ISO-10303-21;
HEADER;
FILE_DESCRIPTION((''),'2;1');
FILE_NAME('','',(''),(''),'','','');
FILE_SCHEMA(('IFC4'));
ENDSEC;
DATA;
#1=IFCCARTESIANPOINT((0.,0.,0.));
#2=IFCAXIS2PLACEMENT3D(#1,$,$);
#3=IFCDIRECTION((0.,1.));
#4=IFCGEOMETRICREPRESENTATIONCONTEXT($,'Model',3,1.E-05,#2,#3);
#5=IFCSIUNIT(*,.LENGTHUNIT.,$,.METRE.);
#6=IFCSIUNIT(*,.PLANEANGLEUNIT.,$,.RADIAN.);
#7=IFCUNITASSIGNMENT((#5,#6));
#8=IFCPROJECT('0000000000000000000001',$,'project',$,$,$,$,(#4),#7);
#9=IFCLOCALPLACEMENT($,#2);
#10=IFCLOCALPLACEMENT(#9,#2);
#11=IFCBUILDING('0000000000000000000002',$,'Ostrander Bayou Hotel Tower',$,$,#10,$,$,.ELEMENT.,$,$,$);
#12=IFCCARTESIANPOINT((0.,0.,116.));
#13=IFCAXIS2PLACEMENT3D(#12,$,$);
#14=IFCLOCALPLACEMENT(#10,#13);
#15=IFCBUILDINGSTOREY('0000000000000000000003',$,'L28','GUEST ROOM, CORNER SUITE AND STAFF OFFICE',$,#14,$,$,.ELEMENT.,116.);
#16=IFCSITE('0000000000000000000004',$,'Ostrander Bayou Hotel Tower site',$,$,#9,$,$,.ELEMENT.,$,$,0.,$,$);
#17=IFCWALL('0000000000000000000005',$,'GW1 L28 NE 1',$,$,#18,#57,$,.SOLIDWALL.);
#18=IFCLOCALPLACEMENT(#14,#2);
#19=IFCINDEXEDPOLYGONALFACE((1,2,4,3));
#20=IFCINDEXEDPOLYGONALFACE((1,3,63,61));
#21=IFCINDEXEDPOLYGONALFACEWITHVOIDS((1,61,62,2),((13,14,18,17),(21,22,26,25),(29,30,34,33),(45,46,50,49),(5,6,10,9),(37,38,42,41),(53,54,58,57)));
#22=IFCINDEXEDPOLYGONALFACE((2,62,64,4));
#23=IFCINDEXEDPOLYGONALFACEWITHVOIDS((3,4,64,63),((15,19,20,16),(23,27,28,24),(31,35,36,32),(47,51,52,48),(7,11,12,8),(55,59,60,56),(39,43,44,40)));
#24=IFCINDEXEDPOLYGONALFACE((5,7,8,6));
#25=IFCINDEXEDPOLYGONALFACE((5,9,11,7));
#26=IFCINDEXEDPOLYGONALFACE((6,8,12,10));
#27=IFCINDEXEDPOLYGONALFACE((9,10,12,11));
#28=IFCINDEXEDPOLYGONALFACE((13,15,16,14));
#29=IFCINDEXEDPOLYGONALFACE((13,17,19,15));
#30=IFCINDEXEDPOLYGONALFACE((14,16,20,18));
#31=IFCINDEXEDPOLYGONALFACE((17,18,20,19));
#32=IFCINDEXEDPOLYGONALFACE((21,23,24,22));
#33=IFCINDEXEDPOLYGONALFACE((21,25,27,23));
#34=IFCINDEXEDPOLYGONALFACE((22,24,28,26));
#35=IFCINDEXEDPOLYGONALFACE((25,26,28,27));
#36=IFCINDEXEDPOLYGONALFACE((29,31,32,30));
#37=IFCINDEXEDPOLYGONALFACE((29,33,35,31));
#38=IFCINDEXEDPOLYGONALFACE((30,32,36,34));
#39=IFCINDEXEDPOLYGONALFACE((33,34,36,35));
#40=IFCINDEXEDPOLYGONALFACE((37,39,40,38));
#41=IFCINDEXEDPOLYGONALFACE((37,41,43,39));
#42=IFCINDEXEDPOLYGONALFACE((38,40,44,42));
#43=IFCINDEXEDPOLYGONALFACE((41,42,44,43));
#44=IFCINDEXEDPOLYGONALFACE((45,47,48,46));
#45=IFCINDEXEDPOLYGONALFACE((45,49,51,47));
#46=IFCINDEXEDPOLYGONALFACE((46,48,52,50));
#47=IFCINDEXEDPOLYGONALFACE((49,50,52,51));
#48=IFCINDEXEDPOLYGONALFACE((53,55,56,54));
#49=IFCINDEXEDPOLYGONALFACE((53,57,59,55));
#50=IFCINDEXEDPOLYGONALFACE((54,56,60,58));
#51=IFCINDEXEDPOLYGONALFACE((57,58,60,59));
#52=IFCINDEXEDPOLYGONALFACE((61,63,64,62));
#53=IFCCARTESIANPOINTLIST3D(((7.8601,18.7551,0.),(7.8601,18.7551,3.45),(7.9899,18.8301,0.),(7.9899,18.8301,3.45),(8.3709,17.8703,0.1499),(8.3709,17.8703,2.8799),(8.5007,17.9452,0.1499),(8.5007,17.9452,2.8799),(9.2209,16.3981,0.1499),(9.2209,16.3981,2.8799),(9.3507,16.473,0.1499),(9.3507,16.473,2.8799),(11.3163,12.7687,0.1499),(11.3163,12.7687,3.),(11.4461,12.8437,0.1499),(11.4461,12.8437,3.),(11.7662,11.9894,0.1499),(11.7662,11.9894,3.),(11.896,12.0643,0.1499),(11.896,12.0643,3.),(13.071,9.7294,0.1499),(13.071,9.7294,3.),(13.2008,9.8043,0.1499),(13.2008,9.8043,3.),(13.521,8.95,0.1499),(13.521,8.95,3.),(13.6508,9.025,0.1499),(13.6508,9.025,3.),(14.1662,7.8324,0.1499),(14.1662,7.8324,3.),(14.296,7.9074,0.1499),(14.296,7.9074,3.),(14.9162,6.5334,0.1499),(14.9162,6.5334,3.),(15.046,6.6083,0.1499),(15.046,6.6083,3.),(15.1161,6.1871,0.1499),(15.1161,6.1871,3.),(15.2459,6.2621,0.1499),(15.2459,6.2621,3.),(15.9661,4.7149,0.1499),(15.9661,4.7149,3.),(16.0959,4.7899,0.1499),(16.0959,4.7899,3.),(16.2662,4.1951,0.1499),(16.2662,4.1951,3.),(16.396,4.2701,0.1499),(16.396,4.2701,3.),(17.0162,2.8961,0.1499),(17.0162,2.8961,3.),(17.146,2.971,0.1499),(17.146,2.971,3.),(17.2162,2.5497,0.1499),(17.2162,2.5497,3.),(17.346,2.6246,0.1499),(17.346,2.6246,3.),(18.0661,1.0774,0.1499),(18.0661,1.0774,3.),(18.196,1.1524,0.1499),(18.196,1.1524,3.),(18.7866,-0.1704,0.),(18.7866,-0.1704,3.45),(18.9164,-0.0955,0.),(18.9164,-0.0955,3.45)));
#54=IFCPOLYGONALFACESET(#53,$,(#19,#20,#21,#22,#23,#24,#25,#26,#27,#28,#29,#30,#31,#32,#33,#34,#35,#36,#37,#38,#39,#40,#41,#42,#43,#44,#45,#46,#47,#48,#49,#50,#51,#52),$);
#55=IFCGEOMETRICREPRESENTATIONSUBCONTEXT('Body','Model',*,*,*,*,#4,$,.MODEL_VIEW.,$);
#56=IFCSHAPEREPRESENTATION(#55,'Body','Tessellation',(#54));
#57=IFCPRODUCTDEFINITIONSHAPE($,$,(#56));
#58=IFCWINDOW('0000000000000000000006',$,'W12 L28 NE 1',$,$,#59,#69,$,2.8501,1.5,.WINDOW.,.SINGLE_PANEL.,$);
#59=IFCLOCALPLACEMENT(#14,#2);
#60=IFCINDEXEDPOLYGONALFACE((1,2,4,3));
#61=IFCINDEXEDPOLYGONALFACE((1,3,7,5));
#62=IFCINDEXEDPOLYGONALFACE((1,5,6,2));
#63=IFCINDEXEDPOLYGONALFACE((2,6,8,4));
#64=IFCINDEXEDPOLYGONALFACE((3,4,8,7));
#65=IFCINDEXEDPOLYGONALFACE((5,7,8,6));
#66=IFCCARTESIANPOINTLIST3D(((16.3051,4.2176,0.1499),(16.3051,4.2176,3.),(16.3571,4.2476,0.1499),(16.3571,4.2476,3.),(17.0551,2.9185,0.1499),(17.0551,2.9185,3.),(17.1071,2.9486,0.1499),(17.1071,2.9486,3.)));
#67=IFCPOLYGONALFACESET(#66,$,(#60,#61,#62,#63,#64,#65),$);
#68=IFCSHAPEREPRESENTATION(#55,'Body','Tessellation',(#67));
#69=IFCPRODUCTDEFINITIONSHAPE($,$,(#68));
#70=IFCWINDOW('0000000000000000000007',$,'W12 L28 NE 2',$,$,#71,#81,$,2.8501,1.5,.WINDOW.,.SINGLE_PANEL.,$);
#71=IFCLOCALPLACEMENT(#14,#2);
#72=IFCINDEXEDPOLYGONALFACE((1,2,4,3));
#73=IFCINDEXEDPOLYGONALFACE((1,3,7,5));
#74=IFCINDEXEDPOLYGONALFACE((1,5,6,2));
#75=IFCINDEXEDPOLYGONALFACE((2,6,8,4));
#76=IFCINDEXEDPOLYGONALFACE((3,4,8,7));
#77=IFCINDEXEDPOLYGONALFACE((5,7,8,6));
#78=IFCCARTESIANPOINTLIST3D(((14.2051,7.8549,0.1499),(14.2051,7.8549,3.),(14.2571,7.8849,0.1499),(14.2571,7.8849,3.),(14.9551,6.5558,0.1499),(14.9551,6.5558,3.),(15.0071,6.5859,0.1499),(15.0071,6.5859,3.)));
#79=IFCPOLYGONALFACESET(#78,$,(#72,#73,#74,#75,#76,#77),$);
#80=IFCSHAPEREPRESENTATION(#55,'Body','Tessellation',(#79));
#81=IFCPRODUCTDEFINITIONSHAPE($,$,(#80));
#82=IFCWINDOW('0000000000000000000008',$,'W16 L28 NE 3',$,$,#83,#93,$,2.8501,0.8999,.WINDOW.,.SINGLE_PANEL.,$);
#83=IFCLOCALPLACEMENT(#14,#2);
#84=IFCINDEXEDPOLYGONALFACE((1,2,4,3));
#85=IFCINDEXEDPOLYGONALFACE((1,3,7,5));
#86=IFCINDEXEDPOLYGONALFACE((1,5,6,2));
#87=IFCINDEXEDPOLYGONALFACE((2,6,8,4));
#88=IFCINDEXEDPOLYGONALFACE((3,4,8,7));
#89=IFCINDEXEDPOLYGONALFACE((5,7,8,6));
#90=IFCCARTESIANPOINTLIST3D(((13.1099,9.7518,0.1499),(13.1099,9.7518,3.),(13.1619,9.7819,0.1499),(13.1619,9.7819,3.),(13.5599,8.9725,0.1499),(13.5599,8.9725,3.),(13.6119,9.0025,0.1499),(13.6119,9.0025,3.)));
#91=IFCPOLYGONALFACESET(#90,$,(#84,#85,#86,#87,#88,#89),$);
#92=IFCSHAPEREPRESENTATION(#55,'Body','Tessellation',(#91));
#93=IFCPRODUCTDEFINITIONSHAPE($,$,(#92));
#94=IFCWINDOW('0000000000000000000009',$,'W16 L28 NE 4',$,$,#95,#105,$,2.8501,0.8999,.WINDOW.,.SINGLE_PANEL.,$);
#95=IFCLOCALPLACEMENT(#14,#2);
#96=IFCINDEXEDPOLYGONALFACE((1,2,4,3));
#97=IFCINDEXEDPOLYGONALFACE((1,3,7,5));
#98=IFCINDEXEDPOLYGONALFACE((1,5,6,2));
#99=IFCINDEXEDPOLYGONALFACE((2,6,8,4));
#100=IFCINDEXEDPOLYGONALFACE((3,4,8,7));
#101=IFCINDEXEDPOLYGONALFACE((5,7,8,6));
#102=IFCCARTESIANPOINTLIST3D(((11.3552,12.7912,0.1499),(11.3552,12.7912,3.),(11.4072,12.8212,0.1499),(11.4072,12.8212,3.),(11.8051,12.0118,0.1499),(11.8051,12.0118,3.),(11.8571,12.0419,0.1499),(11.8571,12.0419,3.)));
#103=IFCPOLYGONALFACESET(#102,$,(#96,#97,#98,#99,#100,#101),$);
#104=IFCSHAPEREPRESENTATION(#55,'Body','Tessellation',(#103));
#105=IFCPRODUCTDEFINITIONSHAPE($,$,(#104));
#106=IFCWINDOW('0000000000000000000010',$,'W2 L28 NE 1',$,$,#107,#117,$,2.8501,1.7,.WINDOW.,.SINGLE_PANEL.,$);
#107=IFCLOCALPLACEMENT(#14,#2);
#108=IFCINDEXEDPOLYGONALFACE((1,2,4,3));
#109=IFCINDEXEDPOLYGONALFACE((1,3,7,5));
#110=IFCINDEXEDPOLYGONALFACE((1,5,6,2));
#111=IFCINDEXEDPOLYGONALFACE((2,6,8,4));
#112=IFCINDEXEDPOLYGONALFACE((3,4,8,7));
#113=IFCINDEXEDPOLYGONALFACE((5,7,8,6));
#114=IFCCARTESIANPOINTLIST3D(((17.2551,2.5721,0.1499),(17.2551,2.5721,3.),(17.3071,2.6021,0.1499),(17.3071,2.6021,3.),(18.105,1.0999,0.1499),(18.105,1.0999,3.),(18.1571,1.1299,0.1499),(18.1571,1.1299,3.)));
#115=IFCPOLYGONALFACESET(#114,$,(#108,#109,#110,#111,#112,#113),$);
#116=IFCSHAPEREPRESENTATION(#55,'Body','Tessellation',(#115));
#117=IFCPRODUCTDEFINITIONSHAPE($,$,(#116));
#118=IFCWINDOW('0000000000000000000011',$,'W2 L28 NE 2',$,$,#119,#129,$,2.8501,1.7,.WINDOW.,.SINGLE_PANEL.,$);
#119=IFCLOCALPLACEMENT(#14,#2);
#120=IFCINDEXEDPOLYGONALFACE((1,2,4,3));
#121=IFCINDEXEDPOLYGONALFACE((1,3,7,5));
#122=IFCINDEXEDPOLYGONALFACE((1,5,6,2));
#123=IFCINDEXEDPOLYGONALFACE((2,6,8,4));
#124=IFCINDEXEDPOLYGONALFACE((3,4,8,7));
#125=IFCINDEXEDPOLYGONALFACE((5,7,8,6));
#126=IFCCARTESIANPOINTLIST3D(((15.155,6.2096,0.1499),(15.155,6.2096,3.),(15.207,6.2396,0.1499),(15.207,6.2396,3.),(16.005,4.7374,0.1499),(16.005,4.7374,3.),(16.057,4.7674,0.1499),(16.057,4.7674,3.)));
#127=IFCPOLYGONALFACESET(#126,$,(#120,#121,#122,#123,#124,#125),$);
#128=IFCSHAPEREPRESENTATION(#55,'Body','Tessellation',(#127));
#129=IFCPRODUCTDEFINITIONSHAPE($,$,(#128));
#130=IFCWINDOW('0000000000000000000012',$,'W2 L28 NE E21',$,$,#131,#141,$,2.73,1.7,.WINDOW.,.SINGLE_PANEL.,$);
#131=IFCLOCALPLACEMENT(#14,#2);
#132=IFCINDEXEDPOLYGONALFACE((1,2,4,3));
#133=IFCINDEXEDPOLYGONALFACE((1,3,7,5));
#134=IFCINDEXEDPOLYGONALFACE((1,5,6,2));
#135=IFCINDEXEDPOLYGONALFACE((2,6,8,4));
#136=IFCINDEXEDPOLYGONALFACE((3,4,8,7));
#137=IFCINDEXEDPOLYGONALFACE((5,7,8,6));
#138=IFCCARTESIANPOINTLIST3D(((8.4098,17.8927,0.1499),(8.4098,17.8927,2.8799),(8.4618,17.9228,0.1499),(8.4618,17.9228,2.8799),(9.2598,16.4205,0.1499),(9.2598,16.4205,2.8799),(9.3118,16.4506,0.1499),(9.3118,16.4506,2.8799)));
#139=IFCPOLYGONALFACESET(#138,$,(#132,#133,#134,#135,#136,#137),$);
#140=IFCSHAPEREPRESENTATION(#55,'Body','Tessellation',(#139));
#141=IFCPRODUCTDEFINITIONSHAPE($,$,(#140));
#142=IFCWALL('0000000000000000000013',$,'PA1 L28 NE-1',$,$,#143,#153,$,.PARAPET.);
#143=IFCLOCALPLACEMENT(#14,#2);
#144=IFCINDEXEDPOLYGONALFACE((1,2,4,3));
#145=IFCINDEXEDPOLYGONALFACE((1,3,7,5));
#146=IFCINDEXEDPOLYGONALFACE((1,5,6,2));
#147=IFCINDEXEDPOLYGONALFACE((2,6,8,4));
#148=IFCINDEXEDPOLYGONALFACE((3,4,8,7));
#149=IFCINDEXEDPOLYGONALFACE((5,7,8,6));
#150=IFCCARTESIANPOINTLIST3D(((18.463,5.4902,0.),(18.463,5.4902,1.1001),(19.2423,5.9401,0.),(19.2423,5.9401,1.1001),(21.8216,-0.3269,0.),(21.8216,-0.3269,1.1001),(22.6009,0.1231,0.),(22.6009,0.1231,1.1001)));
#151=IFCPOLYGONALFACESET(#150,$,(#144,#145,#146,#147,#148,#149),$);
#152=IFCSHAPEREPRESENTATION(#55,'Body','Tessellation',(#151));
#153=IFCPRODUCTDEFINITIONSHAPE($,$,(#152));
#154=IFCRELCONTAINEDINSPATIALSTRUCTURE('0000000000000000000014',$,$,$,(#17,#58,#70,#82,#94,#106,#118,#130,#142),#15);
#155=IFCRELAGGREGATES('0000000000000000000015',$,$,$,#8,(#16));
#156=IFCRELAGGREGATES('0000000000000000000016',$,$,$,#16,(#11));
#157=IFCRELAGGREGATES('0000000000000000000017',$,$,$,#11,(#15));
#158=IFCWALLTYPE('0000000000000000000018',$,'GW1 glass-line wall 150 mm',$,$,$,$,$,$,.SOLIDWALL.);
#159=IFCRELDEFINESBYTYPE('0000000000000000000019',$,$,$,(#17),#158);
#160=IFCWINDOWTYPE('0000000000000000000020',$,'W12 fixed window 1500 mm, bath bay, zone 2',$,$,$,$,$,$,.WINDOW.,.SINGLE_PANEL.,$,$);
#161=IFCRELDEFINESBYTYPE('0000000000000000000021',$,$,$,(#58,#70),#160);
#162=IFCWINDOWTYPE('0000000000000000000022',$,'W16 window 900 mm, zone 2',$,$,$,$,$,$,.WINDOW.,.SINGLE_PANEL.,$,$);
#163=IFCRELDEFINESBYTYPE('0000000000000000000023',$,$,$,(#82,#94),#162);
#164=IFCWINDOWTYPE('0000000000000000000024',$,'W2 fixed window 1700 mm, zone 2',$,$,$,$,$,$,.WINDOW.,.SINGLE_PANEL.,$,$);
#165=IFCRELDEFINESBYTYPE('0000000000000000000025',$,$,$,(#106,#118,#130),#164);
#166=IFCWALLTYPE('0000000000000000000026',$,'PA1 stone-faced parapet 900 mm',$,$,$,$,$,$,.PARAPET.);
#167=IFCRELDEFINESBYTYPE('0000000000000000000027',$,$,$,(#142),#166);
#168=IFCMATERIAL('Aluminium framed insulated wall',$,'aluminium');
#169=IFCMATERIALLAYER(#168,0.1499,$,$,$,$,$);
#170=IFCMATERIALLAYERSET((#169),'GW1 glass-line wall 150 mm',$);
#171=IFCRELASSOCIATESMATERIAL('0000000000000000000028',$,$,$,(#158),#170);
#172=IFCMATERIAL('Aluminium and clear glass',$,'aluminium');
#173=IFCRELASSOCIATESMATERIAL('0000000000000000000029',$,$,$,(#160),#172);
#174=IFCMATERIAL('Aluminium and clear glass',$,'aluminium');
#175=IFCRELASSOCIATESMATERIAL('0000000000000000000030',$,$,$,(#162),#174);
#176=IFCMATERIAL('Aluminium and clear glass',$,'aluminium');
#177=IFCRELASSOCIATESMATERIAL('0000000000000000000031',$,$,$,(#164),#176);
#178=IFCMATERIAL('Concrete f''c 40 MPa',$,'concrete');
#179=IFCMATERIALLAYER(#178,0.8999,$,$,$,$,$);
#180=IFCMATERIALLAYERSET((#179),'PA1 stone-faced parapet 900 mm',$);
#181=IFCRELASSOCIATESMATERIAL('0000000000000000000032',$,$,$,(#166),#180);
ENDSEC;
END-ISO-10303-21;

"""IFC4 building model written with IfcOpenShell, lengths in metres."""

from ifc_helpers import new_model, si_unit, direction, frame, frame_2d, origin, place, context, subcontext, project, spatial, rectangle, extrude, material, layer, layer_set, type_object, element, fill, save


model = new_model("IFC4")

# Units and contexts
model_context = context("Model", 3, precision=1e-05, world=origin(), true_north=direction((0.0, 1.0)))
body_context = subcontext(model_context, "Body", "Model", "MODEL_VIEW")
ifc_project = project(units=[si_unit("LENGTHUNIT", "METRE"), si_unit("PLANEANGLEUNIT", "RADIAN")], contexts=[model_context])

# Site, building, storey
site_placement = place(None, origin())
site = spatial("IfcSite", under=ifc_project, at=site_placement, Name="Ostrander Bayou Hotel Tower site", CompositionType="ELEMENT", RefElevation=0.0)
building_placement = place(site_placement, origin())
building = spatial("IfcBuilding", under=site, at=building_placement, Name="Ostrander Bayou Hotel Tower", CompositionType="ELEMENT")
storey_placement = place(building_placement, frame((0.0, 0.0, 116.0)))
storey = spatial("IfcBuildingStorey", under=building, at=storey_placement, Name="L28", Description="GUEST ROOM, CORNER SUITE AND STAFF OFFICE", CompositionType="ELEMENT", Elevation=116.0)

# Wall, openings, windows
ifc_material_1 = material(Name="Aluminium framed insulated wall", Category="aluminium")
ifc_layer_1 = layer(ifc_material_1, 0.1499)
ifc_layer_set_1 = layer_set([ifc_layer_1], Name="GW1 glass-line wall 150 mm")
wall_type_1 = type_object("IfcWallType", Name="GW1 glass-line wall 150 mm", PredefinedType="SOLIDWALL", material=ifc_layer_set_1)
wall_1_placement = place(storey_placement, frame((18.8516, -0.1331, 0.0), z_axis=(0.0, 0.0, 1.0), x_axis=(-0.499995, 0.866028, 0.0)))
wall_1 = element("IfcWall", 1, at=wall_1_placement, inside=storey, type_object=wall_type_1, Name="GW1 L28 NE 1", PredefinedType="SOLIDWALL", context=body_context, shape_type="SweptSolid", body=[
    extrude(rectangle(XDim=21.8533, YDim=0.1499, at=frame_2d((10.9268, 0.0))), origin(), (0.0, 0.0, 1.0), 3.45),
])
opening_1_placement = place(wall_1_placement, frame((1.4409, 0.0, 0.1499)))
opening_1 = element("IfcOpeningElement", 2, at=opening_1_placement, cuts=wall_1, PredefinedType="OPENING", context=body_context, shape_type="SweptSolid", body=[
    extrude(rectangle(XDim=1.7, YDim=2.8501, at=frame_2d((0.8501, 1.425))), frame((0.0, 0.075, 0.0), z_axis=(0.0, -1.0, 0.0), x_axis=(1.0, 0.0, 0.0)), (0.0, 0.0, 1.0), 0.1499),
])
opening_2_placement = place(wall_1_placement, frame((3.541, 0.0, 0.1499)))
opening_2 = element("IfcOpeningElement", 3, at=opening_2_placement, cuts=wall_1, PredefinedType="OPENING", context=body_context, shape_type="SweptSolid", body=[
    extrude(rectangle(XDim=1.5, YDim=2.8501, at=frame_2d((0.75, 1.425))), frame((0.0, 0.075, 0.0), z_axis=(0.0, -1.0, 0.0), x_axis=(1.0, 0.0, 0.0)), (0.0, 0.0, 1.0), 0.1499),
])
opening_3_placement = place(wall_1_placement, frame((5.6411, 0.0, 0.1499)))
opening_3 = element("IfcOpeningElement", 4, at=opening_3_placement, cuts=wall_1, PredefinedType="OPENING", context=body_context, shape_type="SweptSolid", body=[
    extrude(rectangle(XDim=1.7, YDim=2.8501, at=frame_2d((0.8501, 1.425))), frame((0.0, 0.075, 0.0), z_axis=(0.0, -1.0, 0.0), x_axis=(1.0, 0.0, 0.0)), (0.0, 0.0, 1.0), 0.1499),
])
opening_4_placement = place(wall_1_placement, frame((7.741, 0.0, 0.1499)))
opening_4 = element("IfcOpeningElement", 5, at=opening_4_placement, cuts=wall_1, PredefinedType="OPENING", context=body_context, shape_type="SweptSolid", body=[
    extrude(rectangle(XDim=1.5, YDim=2.8501, at=frame_2d((0.75, 1.425))), frame((0.0, 0.075, 0.0), z_axis=(0.0, -1.0, 0.0), x_axis=(1.0, 0.0, 0.0)), (0.0, 0.0, 1.0), 0.1499),
])
opening_5_placement = place(wall_1_placement, frame((10.5315, 0.0, 0.1499)))
opening_5 = element("IfcOpeningElement", 6, at=opening_5_placement, cuts=wall_1, PredefinedType="OPENING", context=body_context, shape_type="SweptSolid", body=[
    extrude(rectangle(XDim=0.8999, YDim=2.8501, at=frame_2d((0.45, 1.425))), frame((0.0, 0.075, 0.0), z_axis=(0.0, -1.0, 0.0), x_axis=(1.0, 0.0, 0.0)), (0.0, 0.0, 1.0), 0.1499),
])
opening_6_placement = place(wall_1_placement, frame((14.041, 0.0, 0.1499)))
opening_6 = element("IfcOpeningElement", 7, at=opening_6_placement, cuts=wall_1, PredefinedType="OPENING", context=body_context, shape_type="SweptSolid", body=[
    extrude(rectangle(XDim=0.8999, YDim=2.8501, at=frame_2d((0.45, 1.425))), frame((0.0, 0.075, 0.0), z_axis=(0.0, -1.0, 0.0), x_axis=(1.0, 0.0, 0.0)), (0.0, 0.0, 1.0), 0.1499),
])
opening_7_placement = place(wall_1_placement, frame((19.1316, 0.0, 0.1499)))
opening_7 = element("IfcOpeningElement", 8, at=opening_7_placement, cuts=wall_1, PredefinedType="OPENING", context=body_context, shape_type="SweptSolid", body=[
    extrude(rectangle(XDim=1.7, YDim=2.73, at=frame_2d((0.8501, 1.365))), frame((0.0, 0.075, 0.0), z_axis=(0.0, -1.0, 0.0), x_axis=(1.0, 0.0, 0.0)), (0.0, 0.0, 1.0), 0.1499),
])
ifc_material_2 = material(Name="Aluminium and clear glass", Category="aluminium")
window_type_1 = type_object("IfcWindowType", Name="W12 fixed window 1500 mm, bath bay, zone 2", PartitioningType="SINGLE_PANEL", PredefinedType="WINDOW", material=ifc_material_2)
window_1_placement = place(opening_2_placement, origin())
window_1 = element("IfcWindow", 9, at=window_1_placement, inside=storey, type_object=window_type_1, Name="W12 L28 NE 1", OverallHeight=2.8501, OverallWidth=1.5, PartitioningType="SINGLE_PANEL", PredefinedType="WINDOW", context=body_context, shape_type="SweptSolid", body=[
    extrude(rectangle(XDim=1.5, YDim=2.8501, at=frame_2d((0.75, 1.425))), frame((0.0, 0.03, 0.0), z_axis=(0.0, -1.0, 0.0), x_axis=(1.0, 0.0, 0.0)), (0.0, 0.0, 1.0), 0.0601),
])
fill(opening_2, window_1)
window_2_placement = place(opening_4_placement, origin())
window_2 = element("IfcWindow", 10, at=window_2_placement, inside=storey, type_object=window_type_1, Name="W12 L28 NE 2", OverallHeight=2.8501, OverallWidth=1.5, PartitioningType="SINGLE_PANEL", PredefinedType="WINDOW", context=body_context, shape_type="SweptSolid", body=[
    extrude(rectangle(XDim=1.5, YDim=2.8501, at=frame_2d((0.75, 1.425))), frame((0.0, 0.03, 0.0), z_axis=(0.0, -1.0, 0.0), x_axis=(1.0, 0.0, 0.0)), (0.0, 0.0, 1.0), 0.0601),
])
fill(opening_4, window_2)
ifc_material_3 = material(Name="Aluminium and clear glass", Category="aluminium")
window_type_2 = type_object("IfcWindowType", Name="W16 window 900 mm, zone 2", PartitioningType="SINGLE_PANEL", PredefinedType="WINDOW", material=ifc_material_3)
window_3_placement = place(opening_5_placement, origin())
window_3 = element("IfcWindow", 11, at=window_3_placement, inside=storey, type_object=window_type_2, Name="W16 L28 NE 3", OverallHeight=2.8501, OverallWidth=0.8999, PartitioningType="SINGLE_PANEL", PredefinedType="WINDOW", context=body_context, shape_type="SweptSolid", body=[
    extrude(rectangle(XDim=0.8999, YDim=2.8501, at=frame_2d((0.45, 1.425))), frame((0.0, 0.03, 0.0), z_axis=(0.0, -1.0, 0.0), x_axis=(1.0, 0.0, 0.0)), (0.0, 0.0, 1.0), 0.0601),
])
fill(opening_5, window_3)
window_4_placement = place(opening_6_placement, origin())
window_4 = element("IfcWindow", 12, at=window_4_placement, inside=storey, type_object=window_type_2, Name="W16 L28 NE 4", OverallHeight=2.8501, OverallWidth=0.8999, PartitioningType="SINGLE_PANEL", PredefinedType="WINDOW", context=body_context, shape_type="SweptSolid", body=[
    extrude(rectangle(XDim=0.8999, YDim=2.8501, at=frame_2d((0.45, 1.425))), frame((0.0, 0.03, 0.0), z_axis=(0.0, -1.0, 0.0), x_axis=(1.0, 0.0, 0.0)), (0.0, 0.0, 1.0), 0.0601),
])
fill(opening_6, window_4)
ifc_material_4 = material(Name="Aluminium and clear glass", Category="aluminium")
window_type_3 = type_object("IfcWindowType", Name="W2 fixed window 1700 mm, zone 2", PartitioningType="SINGLE_PANEL", PredefinedType="WINDOW", material=ifc_material_4)
window_5_placement = place(opening_1_placement, origin())
window_5 = element("IfcWindow", 13, at=window_5_placement, inside=storey, type_object=window_type_3, Name="W2 L28 NE 1", OverallHeight=2.8501, OverallWidth=1.7, PartitioningType="SINGLE_PANEL", PredefinedType="WINDOW", context=body_context, shape_type="SweptSolid", body=[
    extrude(rectangle(XDim=1.7, YDim=2.8501, at=frame_2d((0.8501, 1.425))), frame((0.0, 0.03, 0.0), z_axis=(0.0, -1.0, 0.0), x_axis=(1.0, 0.0, 0.0)), (0.0, 0.0, 1.0), 0.0601),
])
fill(opening_1, window_5)
window_6_placement = place(opening_3_placement, origin())
window_6 = element("IfcWindow", 14, at=window_6_placement, inside=storey, type_object=window_type_3, Name="W2 L28 NE 2", OverallHeight=2.8501, OverallWidth=1.7, PartitioningType="SINGLE_PANEL", PredefinedType="WINDOW", context=body_context, shape_type="SweptSolid", body=[
    extrude(rectangle(XDim=1.7, YDim=2.8501, at=frame_2d((0.8501, 1.425))), frame((0.0, 0.03, 0.0), z_axis=(0.0, -1.0, 0.0), x_axis=(1.0, 0.0, 0.0)), (0.0, 0.0, 1.0), 0.0601),
])
fill(opening_3, window_6)
window_7_placement = place(opening_7_placement, origin())
window_7 = element("IfcWindow", 15, at=window_7_placement, inside=storey, type_object=window_type_3, Name="W2 L28 NE E21", OverallHeight=2.73, OverallWidth=1.7, PartitioningType="SINGLE_PANEL", PredefinedType="WINDOW", context=body_context, shape_type="SweptSolid", body=[
    extrude(rectangle(XDim=1.7, YDim=2.73, at=frame_2d((0.8501, 1.365))), frame((0.0, 0.03, 0.0), z_axis=(0.0, -1.0, 0.0), x_axis=(1.0, 0.0, 0.0)), (0.0, 0.0, 1.0), 0.0601),
])
fill(opening_7, window_7)

# Wall
ifc_material_5 = material(Name="Concrete f'c 40 MPa", Category="concrete")
ifc_layer_2 = layer(ifc_material_5, 0.8999)
ifc_layer_set_2 = layer_set([ifc_layer_2], Name="PA1 stone-faced parapet 900 mm")
wall_type_2 = type_object("IfcWallType", Name="PA1 stone-faced parapet 900 mm", PredefinedType="PARAPET", material=ifc_layer_set_2)
wall_2_placement = place(storey_placement, frame((22.2112, -0.1018, 0.0), z_axis=(0.0, 0.0, 1.0), x_axis=(-0.500013, 0.866018, 0.0)))
element("IfcWall", 16, at=wall_2_placement, inside=storey, type_object=wall_type_2, Name="PA1 L28 NE-1", PredefinedType="PARAPET", context=body_context, shape_type="SweptSolid", body=[
    extrude(rectangle(XDim=6.717, YDim=0.8999, at=frame_2d((3.3584, 0.0))), origin(), (0.0, 0.0, 1.0), 1.1001),
])

save(model, "model.ifc")
